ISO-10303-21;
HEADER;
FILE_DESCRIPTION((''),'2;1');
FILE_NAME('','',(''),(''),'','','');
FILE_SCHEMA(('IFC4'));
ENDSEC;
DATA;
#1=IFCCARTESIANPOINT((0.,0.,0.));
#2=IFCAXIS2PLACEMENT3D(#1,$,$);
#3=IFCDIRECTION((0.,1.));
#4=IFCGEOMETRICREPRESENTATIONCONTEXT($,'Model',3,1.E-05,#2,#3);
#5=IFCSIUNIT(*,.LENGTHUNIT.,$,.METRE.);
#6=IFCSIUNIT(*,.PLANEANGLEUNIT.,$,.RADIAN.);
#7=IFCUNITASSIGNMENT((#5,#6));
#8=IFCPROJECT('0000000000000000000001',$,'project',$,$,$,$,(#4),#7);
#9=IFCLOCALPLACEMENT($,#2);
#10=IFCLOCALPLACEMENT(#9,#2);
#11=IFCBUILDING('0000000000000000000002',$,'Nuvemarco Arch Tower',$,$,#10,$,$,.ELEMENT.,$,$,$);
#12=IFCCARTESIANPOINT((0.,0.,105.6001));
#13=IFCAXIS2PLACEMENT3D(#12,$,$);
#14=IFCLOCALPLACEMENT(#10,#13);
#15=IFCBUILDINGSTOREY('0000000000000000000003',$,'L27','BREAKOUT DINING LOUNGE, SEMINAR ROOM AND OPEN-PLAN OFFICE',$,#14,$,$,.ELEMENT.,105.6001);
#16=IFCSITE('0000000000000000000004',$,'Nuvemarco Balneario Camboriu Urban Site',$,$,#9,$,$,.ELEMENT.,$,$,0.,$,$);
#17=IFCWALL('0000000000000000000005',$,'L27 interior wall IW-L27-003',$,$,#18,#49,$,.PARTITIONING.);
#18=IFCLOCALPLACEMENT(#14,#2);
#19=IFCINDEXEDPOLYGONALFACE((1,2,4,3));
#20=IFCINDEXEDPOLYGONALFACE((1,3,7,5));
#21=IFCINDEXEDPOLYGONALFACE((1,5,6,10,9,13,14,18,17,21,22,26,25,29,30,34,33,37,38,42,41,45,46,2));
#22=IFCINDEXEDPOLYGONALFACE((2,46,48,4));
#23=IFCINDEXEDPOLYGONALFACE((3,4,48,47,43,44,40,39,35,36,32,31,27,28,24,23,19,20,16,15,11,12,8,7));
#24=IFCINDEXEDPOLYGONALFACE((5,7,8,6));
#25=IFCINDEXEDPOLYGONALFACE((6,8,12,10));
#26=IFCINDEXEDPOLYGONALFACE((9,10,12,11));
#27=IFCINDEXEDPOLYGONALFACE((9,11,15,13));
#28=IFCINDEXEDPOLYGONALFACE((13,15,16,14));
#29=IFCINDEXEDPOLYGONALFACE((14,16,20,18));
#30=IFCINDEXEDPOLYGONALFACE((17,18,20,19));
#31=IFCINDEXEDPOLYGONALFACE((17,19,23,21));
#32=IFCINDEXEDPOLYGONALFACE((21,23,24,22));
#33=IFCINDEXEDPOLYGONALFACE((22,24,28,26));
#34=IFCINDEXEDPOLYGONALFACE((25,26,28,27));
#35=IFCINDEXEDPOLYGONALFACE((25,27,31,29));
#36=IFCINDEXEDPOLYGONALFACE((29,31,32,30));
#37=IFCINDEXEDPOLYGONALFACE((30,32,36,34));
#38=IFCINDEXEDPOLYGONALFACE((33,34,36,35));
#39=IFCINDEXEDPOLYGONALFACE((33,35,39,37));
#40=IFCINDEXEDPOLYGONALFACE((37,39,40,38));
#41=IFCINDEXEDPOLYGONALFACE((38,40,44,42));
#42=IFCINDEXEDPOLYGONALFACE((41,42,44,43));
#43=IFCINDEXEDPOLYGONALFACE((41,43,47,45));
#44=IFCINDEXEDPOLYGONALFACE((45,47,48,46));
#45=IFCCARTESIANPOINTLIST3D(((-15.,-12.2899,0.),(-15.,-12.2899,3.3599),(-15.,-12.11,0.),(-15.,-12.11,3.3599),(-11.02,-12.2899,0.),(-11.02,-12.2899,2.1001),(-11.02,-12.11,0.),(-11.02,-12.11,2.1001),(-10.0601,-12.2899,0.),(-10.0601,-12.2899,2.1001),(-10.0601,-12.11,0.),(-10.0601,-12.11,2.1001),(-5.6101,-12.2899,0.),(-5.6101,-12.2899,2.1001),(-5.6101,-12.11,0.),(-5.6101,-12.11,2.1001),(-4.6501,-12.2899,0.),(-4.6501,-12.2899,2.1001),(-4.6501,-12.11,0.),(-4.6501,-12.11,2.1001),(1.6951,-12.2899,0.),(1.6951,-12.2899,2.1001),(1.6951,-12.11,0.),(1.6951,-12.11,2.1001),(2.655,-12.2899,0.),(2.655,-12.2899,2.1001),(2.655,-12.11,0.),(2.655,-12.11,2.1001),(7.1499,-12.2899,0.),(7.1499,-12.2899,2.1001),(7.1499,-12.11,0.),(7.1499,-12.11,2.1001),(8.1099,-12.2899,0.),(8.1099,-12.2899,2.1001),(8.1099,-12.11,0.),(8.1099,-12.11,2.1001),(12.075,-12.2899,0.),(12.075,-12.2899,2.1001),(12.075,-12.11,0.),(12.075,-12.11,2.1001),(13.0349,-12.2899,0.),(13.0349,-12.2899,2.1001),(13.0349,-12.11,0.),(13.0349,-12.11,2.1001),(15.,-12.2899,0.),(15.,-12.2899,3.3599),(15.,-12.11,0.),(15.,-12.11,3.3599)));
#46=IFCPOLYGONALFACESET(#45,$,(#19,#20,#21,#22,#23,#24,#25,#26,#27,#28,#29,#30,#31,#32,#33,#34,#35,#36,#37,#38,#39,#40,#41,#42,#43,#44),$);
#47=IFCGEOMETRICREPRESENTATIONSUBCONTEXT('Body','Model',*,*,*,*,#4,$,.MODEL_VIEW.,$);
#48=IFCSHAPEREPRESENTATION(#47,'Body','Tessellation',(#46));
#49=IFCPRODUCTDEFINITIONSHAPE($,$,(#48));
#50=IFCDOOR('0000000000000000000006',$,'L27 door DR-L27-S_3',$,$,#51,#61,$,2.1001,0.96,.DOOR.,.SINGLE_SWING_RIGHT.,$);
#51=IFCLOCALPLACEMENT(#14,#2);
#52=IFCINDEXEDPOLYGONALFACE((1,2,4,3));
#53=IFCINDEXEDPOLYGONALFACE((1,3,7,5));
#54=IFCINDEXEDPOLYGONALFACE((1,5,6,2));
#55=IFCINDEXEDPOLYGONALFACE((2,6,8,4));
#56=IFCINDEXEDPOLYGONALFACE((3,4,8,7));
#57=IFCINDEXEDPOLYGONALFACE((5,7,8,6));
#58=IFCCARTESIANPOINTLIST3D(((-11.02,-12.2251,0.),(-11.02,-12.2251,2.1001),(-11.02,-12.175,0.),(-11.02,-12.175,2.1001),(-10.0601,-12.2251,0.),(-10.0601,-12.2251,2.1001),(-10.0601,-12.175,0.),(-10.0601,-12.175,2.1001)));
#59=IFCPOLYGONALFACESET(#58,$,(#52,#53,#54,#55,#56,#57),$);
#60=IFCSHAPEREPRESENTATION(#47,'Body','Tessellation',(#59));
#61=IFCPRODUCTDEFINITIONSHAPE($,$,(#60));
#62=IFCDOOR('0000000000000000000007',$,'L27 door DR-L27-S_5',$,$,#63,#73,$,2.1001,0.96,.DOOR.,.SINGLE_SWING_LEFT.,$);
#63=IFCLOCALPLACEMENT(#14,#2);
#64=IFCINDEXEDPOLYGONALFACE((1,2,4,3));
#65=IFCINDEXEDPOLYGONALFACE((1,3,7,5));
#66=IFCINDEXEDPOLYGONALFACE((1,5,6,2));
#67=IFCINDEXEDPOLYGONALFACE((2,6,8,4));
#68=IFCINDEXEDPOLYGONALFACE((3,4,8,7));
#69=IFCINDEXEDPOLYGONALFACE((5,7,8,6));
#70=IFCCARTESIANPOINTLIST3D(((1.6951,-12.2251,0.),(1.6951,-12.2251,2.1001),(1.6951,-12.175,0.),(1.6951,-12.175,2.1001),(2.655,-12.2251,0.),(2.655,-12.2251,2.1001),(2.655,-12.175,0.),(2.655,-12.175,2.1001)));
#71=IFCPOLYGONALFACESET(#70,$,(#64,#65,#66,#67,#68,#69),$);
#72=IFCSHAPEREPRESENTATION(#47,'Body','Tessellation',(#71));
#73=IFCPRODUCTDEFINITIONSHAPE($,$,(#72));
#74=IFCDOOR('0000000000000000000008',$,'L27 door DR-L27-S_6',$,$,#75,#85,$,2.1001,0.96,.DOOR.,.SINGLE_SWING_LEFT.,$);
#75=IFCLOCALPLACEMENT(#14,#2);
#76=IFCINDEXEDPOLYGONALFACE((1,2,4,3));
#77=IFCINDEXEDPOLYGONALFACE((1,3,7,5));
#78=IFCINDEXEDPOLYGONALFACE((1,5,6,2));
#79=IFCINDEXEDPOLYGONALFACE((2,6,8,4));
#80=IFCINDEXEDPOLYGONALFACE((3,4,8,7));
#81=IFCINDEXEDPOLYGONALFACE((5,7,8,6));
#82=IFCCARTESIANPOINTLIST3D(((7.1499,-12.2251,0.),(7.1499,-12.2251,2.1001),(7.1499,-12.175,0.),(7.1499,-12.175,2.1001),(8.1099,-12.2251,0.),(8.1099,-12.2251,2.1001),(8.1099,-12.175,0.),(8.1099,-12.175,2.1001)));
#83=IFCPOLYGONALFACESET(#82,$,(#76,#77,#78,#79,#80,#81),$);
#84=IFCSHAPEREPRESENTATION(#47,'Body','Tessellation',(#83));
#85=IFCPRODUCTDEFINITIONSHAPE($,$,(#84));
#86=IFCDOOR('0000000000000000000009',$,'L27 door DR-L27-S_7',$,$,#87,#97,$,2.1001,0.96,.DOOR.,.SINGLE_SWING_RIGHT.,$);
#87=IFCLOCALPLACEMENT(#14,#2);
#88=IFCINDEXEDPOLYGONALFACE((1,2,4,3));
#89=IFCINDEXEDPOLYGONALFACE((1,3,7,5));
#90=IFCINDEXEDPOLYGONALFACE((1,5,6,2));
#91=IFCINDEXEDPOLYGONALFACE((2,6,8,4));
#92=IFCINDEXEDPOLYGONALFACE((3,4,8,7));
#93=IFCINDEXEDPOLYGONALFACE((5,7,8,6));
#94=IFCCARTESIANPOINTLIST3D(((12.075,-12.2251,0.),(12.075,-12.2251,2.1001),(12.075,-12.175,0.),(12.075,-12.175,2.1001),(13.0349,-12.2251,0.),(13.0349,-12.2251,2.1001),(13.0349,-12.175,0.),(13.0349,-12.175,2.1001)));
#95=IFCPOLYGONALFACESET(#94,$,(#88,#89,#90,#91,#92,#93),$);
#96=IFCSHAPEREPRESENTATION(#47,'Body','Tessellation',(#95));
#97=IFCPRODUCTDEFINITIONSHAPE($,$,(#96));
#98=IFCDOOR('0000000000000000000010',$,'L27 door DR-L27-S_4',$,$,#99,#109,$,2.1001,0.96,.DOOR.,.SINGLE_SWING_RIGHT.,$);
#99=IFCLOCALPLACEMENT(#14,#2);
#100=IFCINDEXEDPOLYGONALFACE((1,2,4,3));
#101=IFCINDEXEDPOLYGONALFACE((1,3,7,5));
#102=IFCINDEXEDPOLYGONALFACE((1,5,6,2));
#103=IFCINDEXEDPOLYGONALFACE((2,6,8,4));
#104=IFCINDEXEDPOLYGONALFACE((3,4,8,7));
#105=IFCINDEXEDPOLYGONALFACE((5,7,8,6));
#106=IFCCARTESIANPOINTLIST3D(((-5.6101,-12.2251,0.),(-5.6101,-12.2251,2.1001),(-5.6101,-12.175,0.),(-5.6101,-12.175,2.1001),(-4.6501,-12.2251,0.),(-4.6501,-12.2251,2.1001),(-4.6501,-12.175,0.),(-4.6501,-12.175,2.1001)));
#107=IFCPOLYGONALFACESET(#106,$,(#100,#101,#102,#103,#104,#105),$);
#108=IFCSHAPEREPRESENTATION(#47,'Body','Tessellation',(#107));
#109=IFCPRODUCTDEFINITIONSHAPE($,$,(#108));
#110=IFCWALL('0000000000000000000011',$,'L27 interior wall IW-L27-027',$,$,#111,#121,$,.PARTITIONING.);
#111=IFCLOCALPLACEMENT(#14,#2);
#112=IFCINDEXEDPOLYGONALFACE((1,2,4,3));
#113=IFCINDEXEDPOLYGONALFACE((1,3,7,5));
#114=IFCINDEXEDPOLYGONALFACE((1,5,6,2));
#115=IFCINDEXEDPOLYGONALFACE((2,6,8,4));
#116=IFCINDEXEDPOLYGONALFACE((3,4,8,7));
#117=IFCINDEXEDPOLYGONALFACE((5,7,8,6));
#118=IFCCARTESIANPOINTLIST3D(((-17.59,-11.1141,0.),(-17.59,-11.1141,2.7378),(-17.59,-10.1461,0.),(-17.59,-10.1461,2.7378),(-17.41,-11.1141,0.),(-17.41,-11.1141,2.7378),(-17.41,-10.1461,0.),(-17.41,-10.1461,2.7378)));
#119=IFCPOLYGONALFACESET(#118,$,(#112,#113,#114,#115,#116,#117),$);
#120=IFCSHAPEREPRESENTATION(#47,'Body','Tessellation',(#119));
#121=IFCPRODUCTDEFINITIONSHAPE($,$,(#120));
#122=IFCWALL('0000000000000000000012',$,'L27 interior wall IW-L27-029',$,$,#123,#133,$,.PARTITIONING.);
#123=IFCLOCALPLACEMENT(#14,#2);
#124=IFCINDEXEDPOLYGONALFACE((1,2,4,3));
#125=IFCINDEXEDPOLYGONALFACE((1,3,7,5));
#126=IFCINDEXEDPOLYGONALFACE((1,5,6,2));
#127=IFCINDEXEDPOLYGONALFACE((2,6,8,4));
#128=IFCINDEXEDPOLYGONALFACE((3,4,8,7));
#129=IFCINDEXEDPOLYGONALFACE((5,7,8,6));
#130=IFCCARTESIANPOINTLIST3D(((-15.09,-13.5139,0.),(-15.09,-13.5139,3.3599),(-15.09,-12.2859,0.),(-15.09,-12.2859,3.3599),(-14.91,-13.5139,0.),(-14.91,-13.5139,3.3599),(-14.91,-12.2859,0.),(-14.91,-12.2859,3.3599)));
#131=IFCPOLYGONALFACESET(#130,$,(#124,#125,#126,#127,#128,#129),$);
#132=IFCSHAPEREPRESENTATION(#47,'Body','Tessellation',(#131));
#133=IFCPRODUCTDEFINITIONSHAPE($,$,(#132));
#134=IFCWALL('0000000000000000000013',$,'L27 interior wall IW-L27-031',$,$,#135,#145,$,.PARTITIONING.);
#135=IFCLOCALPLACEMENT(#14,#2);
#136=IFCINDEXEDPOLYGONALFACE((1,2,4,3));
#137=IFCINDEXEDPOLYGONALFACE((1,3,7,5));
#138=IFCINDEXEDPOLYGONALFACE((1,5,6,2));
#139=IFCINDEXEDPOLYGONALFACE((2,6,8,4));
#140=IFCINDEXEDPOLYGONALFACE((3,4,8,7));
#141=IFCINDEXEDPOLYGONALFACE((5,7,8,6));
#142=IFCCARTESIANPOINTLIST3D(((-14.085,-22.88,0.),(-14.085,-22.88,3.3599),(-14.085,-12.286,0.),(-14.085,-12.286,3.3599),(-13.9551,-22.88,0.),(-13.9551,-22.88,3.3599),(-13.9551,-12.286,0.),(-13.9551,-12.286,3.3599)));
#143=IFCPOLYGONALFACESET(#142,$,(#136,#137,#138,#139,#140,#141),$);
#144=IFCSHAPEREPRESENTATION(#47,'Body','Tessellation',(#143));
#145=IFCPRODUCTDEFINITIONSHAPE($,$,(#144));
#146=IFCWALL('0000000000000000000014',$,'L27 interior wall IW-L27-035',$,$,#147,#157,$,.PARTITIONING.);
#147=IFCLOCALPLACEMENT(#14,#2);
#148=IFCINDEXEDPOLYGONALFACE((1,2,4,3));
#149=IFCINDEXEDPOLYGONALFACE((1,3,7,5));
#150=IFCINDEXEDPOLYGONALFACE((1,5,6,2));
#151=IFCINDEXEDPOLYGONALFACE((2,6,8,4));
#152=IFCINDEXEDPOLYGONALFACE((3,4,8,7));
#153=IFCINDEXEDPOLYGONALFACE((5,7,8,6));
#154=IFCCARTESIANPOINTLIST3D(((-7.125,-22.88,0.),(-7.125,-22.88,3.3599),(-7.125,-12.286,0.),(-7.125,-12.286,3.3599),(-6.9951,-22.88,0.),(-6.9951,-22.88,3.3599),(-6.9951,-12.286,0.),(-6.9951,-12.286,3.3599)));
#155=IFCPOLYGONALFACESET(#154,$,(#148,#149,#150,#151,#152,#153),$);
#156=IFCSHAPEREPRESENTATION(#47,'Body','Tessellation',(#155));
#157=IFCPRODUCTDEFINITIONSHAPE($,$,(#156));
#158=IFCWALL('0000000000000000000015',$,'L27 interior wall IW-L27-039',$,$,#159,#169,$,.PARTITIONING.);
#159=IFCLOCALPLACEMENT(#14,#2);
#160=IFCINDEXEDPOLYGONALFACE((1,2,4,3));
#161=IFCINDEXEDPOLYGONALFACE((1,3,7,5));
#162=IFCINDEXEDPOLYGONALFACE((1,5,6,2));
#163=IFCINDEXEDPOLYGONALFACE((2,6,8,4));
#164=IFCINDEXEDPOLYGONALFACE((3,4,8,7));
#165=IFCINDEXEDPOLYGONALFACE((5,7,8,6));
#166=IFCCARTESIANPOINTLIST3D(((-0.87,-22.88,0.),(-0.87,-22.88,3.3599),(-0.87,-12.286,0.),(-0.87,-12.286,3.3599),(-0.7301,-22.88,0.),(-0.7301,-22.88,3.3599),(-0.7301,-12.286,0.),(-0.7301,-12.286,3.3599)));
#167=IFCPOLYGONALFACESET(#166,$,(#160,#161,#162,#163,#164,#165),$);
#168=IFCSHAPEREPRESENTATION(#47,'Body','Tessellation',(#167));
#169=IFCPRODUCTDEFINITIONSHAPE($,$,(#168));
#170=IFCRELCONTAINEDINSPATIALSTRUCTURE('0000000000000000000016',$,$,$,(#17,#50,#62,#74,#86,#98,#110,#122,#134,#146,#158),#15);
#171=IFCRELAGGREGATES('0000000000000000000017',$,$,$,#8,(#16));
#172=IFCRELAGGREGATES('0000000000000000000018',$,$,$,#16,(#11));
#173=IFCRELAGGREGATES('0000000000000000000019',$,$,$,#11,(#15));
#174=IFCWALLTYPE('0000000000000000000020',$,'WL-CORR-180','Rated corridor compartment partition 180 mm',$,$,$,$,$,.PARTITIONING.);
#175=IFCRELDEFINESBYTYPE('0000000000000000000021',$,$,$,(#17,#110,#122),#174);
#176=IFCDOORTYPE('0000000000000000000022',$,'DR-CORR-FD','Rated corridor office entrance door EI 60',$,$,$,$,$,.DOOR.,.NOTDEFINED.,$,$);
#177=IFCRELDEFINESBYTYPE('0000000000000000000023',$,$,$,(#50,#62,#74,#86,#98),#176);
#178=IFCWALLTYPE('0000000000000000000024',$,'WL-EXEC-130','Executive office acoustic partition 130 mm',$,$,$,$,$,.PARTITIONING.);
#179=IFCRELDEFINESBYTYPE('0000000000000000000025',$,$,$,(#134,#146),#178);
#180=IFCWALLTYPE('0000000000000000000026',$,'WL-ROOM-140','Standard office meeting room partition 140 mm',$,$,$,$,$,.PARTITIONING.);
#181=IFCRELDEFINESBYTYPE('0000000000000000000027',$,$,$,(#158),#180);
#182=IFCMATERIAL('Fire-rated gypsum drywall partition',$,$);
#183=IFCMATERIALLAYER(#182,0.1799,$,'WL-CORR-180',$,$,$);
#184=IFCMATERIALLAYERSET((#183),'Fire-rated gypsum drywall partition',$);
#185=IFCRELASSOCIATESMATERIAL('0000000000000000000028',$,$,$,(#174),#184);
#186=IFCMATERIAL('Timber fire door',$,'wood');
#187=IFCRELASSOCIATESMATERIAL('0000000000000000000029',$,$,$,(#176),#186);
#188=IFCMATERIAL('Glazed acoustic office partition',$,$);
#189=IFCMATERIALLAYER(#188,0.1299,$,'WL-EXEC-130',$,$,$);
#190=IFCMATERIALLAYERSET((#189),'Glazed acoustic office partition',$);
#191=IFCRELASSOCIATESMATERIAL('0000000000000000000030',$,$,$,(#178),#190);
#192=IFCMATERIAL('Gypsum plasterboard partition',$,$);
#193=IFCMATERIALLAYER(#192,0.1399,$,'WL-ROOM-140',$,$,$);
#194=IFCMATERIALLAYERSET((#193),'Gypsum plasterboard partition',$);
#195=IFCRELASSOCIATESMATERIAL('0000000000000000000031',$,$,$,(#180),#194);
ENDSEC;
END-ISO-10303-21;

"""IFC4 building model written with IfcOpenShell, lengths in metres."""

from ifc_helpers import new_model, si_unit, direction, frame, frame_2d, origin, place, context, subcontext, project, spatial, rectangle, extrude, source, transform, mapped, material, layer, layer_set, type_object, type_shapes, element, fill, save


model = new_model("IFC4")

# Units and contexts
model_context = context("Model", 3, precision=1e-05, world=origin(), true_north=direction((0.0, 1.0)))
body_context = subcontext(model_context, "Body", "Model", "MODEL_VIEW")
ifc_project = project(units=[si_unit("LENGTHUNIT", "METRE"), si_unit("PLANEANGLEUNIT", "RADIAN")], contexts=[model_context])

# Site, building, storey
site_placement = place(None, origin())
site = spatial("IfcSite", under=ifc_project, at=site_placement, Name="Nuvemarco Balneario Camboriu Urban Site", CompositionType="ELEMENT", RefElevation=0.0)
building_placement = place(site_placement, origin())
building = spatial("IfcBuilding", under=site, at=building_placement, Name="Nuvemarco Arch Tower", CompositionType="ELEMENT")
storey_placement = place(building_placement, frame((0.0, 0.0, 105.6001)))
storey = spatial("IfcBuildingStorey", under=building, at=storey_placement, Name="L27", Description="BREAKOUT DINING LOUNGE, SEMINAR ROOM AND OPEN-PLAN OFFICE", CompositionType="ELEMENT", Elevation=105.6001)

# Wall, openings, doors
ifc_material_1 = material(Name="Fire-rated gypsum drywall partition")
ifc_layer_1 = layer(ifc_material_1, 0.1799, Name="WL-CORR-180")
ifc_layer_set_1 = layer_set([ifc_layer_1], Name="Fire-rated gypsum drywall partition")
wall_type_1 = type_object("IfcWallType", Name="WL-CORR-180", Description="Rated corridor compartment partition 180 mm", PredefinedType="PARTITIONING", material=ifc_layer_set_1)
wall_1_placement = place(storey_placement, frame((-15.0, -12.2, 0.0), z_axis=(0.0, 0.0, 1.0), x_axis=(1.0, 0.0, 0.0)))
wall_1 = element("IfcWall", 1, at=wall_1_placement, inside=storey, type_object=wall_type_1, Name="L27 interior wall IW-L27-003", PredefinedType="PARTITIONING", context=body_context, shape_type="SweptSolid", body=[
    extrude(rectangle(XDim=30.0, YDim=0.1799, at=frame_2d((15.0, 0.0))), origin(), (0.0, 0.0, 1.0), 3.3599),
])
opening_1_placement = place(wall_1_placement, frame((3.98, 0.0, 0.0)))
opening_1 = element("IfcOpeningElement", 2, at=opening_1_placement, cuts=wall_1, PredefinedType="OPENING", context=body_context, shape_type="SweptSolid", body=[
    extrude(rectangle(XDim=0.96, YDim=2.1001, at=frame_2d((0.48, 1.05))), frame((0.0, 0.0999, 0.0), z_axis=(0.0, -1.0, 0.0), x_axis=(1.0, 0.0, 0.0)), (0.0, 0.0, 1.0), 0.2),
])
opening_2_placement = place(wall_1_placement, frame((16.6951, 0.0, 0.0)))
opening_2 = element("IfcOpeningElement", 3, at=opening_2_placement, cuts=wall_1, PredefinedType="OPENING", context=body_context, shape_type="SweptSolid", body=[
    extrude(rectangle(XDim=0.96, YDim=2.1001, at=frame_2d((0.48, 1.05))), frame((0.0, 0.0999, 0.0), z_axis=(0.0, -1.0, 0.0), x_axis=(1.0, 0.0, 0.0)), (0.0, 0.0, 1.0), 0.2),
])
opening_3_placement = place(wall_1_placement, frame((22.1499, 0.0, 0.0)))
opening_3 = element("IfcOpeningElement", 4, at=opening_3_placement, cuts=wall_1, PredefinedType="OPENING", context=body_context, shape_type="SweptSolid", body=[
    extrude(rectangle(XDim=0.96, YDim=2.1001, at=frame_2d((0.48, 1.05))), frame((0.0, 0.0999, 0.0), z_axis=(0.0, -1.0, 0.0), x_axis=(1.0, 0.0, 0.0)), (0.0, 0.0, 1.0), 0.2),
])
opening_4_placement = place(wall_1_placement, frame((27.075, 0.0, 0.0)))
opening_4 = element("IfcOpeningElement", 5, at=opening_4_placement, cuts=wall_1, PredefinedType="OPENING", context=body_context, shape_type="SweptSolid", body=[
    extrude(rectangle(XDim=0.96, YDim=2.1001, at=frame_2d((0.48, 1.05))), frame((0.0, 0.0999, 0.0), z_axis=(0.0, -1.0, 0.0), x_axis=(1.0, 0.0, 0.0)), (0.0, 0.0, 1.0), 0.2),
])
opening_5_placement = place(wall_1_placement, frame((9.3899, 0.0, 0.0)))
opening_5 = element("IfcOpeningElement", 6, at=opening_5_placement, cuts=wall_1, PredefinedType="OPENING", context=body_context, shape_type="SweptSolid", body=[
    extrude(rectangle(XDim=0.96, YDim=2.1001, at=frame_2d((0.48, 1.05))), frame((0.0, 0.0999, 0.0), z_axis=(0.0, -1.0, 0.0), x_axis=(1.0, 0.0, 0.0)), (0.0, 0.0, 1.0), 0.2),
])
ifc_material_2 = material(Name="Timber fire door", Category="wood")
door_type = type_object("IfcDoorType", Name="DR-CORR-FD", Description="Rated corridor office entrance door EI 60", OperationType="NOTDEFINED", PredefinedType="DOOR", material=ifc_material_2)
shared_shape_1 = source(origin(), body_context, "Body", "SweptSolid", [
    extrude(rectangle(XDim=0.96, YDim=2.1001, at=frame_2d((0.48, 1.05))), frame((0.0, 0.0249, 0.0), z_axis=(0.0, -1.0, 0.0), x_axis=(1.0, 0.0, 0.0)), (0.0, 0.0, 1.0), 0.05),
])
type_shapes(door_type, [shared_shape_1])
door_1_placement = place(opening_1_placement, origin())
door_1 = element("IfcDoor", 7, at=door_1_placement, inside=storey, type_object=door_type, Name="L27 door DR-L27-S_3", OperationType="SINGLE_SWING_RIGHT", OverallHeight=2.1001, OverallWidth=0.96, PredefinedType="DOOR", context=body_context, shape_type="MappedRepresentation", body=[
    mapped(shared_shape_1, transform((0.0, 0.0, 0.0), scale=1.0)),
])
fill(opening_1, door_1)
door_2_placement = place(opening_2_placement, origin())
door_2 = element("IfcDoor", 8, at=door_2_placement, inside=storey, type_object=door_type, Name="L27 door DR-L27-S_5", OperationType="SINGLE_SWING_LEFT", OverallHeight=2.1001, OverallWidth=0.96, PredefinedType="DOOR", context=body_context, shape_type="MappedRepresentation", body=[
    mapped(shared_shape_1, transform((0.0, 0.0, 0.0), scale=1.0)),
])
fill(opening_2, door_2)
door_3_placement = place(opening_3_placement, origin())
door_3 = element("IfcDoor", 9, at=door_3_placement, inside=storey, type_object=door_type, Name="L27 door DR-L27-S_6", OperationType="SINGLE_SWING_LEFT", OverallHeight=2.1001, OverallWidth=0.96, PredefinedType="DOOR", context=body_context, shape_type="MappedRepresentation", body=[
    mapped(shared_shape_1, transform((0.0, 0.0, 0.0), scale=1.0)),
])
fill(opening_3, door_3)
door_4_placement = place(opening_4_placement, origin())
door_4 = element("IfcDoor", 10, at=door_4_placement, inside=storey, type_object=door_type, Name="L27 door DR-L27-S_7", OperationType="SINGLE_SWING_RIGHT", OverallHeight=2.1001, OverallWidth=0.96, PredefinedType="DOOR", context=body_context, shape_type="MappedRepresentation", body=[
    mapped(shared_shape_1, transform((0.0, 0.0, 0.0), scale=1.0)),
])
fill(opening_4, door_4)
door_5_placement = place(opening_5_placement, origin())
door_5 = element("IfcDoor", 11, at=door_5_placement, inside=storey, type_object=door_type, Name="L27 door DR-L27-S_4", OperationType="SINGLE_SWING_RIGHT", OverallHeight=2.1001, OverallWidth=0.96, PredefinedType="DOOR", context=body_context, shape_type="MappedRepresentation", body=[
    mapped(shared_shape_1, transform((0.0, 0.0, 0.0), scale=1.0)),
])
fill(opening_5, door_5)

# Walls
wall_2_placement = place(storey_placement, frame((-17.5, -11.114, 0.0), z_axis=(0.0, 0.0, 1.0), x_axis=(0.0, 1.0, 0.0)))
element("IfcWall", 12, at=wall_2_placement, inside=storey, type_object=wall_type_1, Name="L27 interior wall IW-L27-027", PredefinedType="PARTITIONING", context=body_context, shape_type="SweptSolid", body=[
    extrude(rectangle(XDim=0.968, YDim=0.1799, at=frame_2d((0.4839, 0.0))), origin(), (0.0, 0.0, 1.0), 2.7378),
])
wall_3_placement = place(storey_placement, frame((-15.0, -13.5139, 0.0), z_axis=(0.0, 0.0, 1.0), x_axis=(0.0, 1.0, 0.0)))
element("IfcWall", 13, at=wall_3_placement, inside=storey, type_object=wall_type_1, Name="L27 interior wall IW-L27-029", PredefinedType="PARTITIONING", context=body_context, shape_type="SweptSolid", body=[
    extrude(rectangle(XDim=1.228, YDim=0.1799, at=frame_2d((0.614, 0.0))), origin(), (0.0, 0.0, 1.0), 3.3599),
])
ifc_material_3 = material(Name="Glazed acoustic office partition")
ifc_layer_2 = layer(ifc_material_3, 0.1299, Name="WL-EXEC-130")
ifc_layer_set_2 = layer_set([ifc_layer_2], Name="Glazed acoustic office partition")
wall_type_2 = type_object("IfcWallType", Name="WL-EXEC-130", Description="Executive office acoustic partition 130 mm", PredefinedType="PARTITIONING", material=ifc_layer_set_2)
for number, where, z_axis, x_axis, name in (
    (14, (-14.02, -22.8799, 0.0), (0.0, 0.0, 1.0), (0.0, 1.0, 0.0), "L27 interior wall IW-L27-031"),
    (15, (-7.0601, -22.8799, 0.0), (0.0, 0.0, 1.0), (0.0, 1.0, 0.0), "L27 interior wall IW-L27-035"),
):
    element("IfcWall", number, at=place(storey_placement, frame(where, z_axis=z_axis, x_axis=x_axis)), inside=storey, type_object=wall_type_2, Name=name, PredefinedType="PARTITIONING", context=body_context, shape_type="SweptSolid", body=[
        extrude(rectangle(XDim=10.594, YDim=0.1299, at=frame_2d((5.2969, 0.0))), origin(), (0.0, 0.0, 1.0), 3.3599),
    ])
ifc_material_4 = material(Name="Gypsum plasterboard partition")
ifc_layer_3 = layer(ifc_material_4, 0.1399, Name="WL-ROOM-140")
ifc_layer_set_3 = layer_set([ifc_layer_3], Name="Gypsum plasterboard partition")
wall_type_3 = type_object("IfcWallType", Name="WL-ROOM-140", Description="Standard office meeting room partition 140 mm", PredefinedType="PARTITIONING", material=ifc_layer_set_3)
wall_4_placement = place(storey_placement, frame((-0.8, -22.8799, 0.0), z_axis=(0.0, 0.0, 1.0), x_axis=(0.0, 1.0, 0.0)))
element("IfcWall", 16, at=wall_4_placement, inside=storey, type_object=wall_type_3, Name="L27 interior wall IW-L27-039", PredefinedType="PARTITIONING", context=body_context, shape_type="SweptSolid", body=[
    extrude(rectangle(XDim=10.594, YDim=0.1399, at=frame_2d((5.2969, 0.0))), origin(), (0.0, 0.0, 1.0), 3.3599),
])

save(model, "model.ifc")
